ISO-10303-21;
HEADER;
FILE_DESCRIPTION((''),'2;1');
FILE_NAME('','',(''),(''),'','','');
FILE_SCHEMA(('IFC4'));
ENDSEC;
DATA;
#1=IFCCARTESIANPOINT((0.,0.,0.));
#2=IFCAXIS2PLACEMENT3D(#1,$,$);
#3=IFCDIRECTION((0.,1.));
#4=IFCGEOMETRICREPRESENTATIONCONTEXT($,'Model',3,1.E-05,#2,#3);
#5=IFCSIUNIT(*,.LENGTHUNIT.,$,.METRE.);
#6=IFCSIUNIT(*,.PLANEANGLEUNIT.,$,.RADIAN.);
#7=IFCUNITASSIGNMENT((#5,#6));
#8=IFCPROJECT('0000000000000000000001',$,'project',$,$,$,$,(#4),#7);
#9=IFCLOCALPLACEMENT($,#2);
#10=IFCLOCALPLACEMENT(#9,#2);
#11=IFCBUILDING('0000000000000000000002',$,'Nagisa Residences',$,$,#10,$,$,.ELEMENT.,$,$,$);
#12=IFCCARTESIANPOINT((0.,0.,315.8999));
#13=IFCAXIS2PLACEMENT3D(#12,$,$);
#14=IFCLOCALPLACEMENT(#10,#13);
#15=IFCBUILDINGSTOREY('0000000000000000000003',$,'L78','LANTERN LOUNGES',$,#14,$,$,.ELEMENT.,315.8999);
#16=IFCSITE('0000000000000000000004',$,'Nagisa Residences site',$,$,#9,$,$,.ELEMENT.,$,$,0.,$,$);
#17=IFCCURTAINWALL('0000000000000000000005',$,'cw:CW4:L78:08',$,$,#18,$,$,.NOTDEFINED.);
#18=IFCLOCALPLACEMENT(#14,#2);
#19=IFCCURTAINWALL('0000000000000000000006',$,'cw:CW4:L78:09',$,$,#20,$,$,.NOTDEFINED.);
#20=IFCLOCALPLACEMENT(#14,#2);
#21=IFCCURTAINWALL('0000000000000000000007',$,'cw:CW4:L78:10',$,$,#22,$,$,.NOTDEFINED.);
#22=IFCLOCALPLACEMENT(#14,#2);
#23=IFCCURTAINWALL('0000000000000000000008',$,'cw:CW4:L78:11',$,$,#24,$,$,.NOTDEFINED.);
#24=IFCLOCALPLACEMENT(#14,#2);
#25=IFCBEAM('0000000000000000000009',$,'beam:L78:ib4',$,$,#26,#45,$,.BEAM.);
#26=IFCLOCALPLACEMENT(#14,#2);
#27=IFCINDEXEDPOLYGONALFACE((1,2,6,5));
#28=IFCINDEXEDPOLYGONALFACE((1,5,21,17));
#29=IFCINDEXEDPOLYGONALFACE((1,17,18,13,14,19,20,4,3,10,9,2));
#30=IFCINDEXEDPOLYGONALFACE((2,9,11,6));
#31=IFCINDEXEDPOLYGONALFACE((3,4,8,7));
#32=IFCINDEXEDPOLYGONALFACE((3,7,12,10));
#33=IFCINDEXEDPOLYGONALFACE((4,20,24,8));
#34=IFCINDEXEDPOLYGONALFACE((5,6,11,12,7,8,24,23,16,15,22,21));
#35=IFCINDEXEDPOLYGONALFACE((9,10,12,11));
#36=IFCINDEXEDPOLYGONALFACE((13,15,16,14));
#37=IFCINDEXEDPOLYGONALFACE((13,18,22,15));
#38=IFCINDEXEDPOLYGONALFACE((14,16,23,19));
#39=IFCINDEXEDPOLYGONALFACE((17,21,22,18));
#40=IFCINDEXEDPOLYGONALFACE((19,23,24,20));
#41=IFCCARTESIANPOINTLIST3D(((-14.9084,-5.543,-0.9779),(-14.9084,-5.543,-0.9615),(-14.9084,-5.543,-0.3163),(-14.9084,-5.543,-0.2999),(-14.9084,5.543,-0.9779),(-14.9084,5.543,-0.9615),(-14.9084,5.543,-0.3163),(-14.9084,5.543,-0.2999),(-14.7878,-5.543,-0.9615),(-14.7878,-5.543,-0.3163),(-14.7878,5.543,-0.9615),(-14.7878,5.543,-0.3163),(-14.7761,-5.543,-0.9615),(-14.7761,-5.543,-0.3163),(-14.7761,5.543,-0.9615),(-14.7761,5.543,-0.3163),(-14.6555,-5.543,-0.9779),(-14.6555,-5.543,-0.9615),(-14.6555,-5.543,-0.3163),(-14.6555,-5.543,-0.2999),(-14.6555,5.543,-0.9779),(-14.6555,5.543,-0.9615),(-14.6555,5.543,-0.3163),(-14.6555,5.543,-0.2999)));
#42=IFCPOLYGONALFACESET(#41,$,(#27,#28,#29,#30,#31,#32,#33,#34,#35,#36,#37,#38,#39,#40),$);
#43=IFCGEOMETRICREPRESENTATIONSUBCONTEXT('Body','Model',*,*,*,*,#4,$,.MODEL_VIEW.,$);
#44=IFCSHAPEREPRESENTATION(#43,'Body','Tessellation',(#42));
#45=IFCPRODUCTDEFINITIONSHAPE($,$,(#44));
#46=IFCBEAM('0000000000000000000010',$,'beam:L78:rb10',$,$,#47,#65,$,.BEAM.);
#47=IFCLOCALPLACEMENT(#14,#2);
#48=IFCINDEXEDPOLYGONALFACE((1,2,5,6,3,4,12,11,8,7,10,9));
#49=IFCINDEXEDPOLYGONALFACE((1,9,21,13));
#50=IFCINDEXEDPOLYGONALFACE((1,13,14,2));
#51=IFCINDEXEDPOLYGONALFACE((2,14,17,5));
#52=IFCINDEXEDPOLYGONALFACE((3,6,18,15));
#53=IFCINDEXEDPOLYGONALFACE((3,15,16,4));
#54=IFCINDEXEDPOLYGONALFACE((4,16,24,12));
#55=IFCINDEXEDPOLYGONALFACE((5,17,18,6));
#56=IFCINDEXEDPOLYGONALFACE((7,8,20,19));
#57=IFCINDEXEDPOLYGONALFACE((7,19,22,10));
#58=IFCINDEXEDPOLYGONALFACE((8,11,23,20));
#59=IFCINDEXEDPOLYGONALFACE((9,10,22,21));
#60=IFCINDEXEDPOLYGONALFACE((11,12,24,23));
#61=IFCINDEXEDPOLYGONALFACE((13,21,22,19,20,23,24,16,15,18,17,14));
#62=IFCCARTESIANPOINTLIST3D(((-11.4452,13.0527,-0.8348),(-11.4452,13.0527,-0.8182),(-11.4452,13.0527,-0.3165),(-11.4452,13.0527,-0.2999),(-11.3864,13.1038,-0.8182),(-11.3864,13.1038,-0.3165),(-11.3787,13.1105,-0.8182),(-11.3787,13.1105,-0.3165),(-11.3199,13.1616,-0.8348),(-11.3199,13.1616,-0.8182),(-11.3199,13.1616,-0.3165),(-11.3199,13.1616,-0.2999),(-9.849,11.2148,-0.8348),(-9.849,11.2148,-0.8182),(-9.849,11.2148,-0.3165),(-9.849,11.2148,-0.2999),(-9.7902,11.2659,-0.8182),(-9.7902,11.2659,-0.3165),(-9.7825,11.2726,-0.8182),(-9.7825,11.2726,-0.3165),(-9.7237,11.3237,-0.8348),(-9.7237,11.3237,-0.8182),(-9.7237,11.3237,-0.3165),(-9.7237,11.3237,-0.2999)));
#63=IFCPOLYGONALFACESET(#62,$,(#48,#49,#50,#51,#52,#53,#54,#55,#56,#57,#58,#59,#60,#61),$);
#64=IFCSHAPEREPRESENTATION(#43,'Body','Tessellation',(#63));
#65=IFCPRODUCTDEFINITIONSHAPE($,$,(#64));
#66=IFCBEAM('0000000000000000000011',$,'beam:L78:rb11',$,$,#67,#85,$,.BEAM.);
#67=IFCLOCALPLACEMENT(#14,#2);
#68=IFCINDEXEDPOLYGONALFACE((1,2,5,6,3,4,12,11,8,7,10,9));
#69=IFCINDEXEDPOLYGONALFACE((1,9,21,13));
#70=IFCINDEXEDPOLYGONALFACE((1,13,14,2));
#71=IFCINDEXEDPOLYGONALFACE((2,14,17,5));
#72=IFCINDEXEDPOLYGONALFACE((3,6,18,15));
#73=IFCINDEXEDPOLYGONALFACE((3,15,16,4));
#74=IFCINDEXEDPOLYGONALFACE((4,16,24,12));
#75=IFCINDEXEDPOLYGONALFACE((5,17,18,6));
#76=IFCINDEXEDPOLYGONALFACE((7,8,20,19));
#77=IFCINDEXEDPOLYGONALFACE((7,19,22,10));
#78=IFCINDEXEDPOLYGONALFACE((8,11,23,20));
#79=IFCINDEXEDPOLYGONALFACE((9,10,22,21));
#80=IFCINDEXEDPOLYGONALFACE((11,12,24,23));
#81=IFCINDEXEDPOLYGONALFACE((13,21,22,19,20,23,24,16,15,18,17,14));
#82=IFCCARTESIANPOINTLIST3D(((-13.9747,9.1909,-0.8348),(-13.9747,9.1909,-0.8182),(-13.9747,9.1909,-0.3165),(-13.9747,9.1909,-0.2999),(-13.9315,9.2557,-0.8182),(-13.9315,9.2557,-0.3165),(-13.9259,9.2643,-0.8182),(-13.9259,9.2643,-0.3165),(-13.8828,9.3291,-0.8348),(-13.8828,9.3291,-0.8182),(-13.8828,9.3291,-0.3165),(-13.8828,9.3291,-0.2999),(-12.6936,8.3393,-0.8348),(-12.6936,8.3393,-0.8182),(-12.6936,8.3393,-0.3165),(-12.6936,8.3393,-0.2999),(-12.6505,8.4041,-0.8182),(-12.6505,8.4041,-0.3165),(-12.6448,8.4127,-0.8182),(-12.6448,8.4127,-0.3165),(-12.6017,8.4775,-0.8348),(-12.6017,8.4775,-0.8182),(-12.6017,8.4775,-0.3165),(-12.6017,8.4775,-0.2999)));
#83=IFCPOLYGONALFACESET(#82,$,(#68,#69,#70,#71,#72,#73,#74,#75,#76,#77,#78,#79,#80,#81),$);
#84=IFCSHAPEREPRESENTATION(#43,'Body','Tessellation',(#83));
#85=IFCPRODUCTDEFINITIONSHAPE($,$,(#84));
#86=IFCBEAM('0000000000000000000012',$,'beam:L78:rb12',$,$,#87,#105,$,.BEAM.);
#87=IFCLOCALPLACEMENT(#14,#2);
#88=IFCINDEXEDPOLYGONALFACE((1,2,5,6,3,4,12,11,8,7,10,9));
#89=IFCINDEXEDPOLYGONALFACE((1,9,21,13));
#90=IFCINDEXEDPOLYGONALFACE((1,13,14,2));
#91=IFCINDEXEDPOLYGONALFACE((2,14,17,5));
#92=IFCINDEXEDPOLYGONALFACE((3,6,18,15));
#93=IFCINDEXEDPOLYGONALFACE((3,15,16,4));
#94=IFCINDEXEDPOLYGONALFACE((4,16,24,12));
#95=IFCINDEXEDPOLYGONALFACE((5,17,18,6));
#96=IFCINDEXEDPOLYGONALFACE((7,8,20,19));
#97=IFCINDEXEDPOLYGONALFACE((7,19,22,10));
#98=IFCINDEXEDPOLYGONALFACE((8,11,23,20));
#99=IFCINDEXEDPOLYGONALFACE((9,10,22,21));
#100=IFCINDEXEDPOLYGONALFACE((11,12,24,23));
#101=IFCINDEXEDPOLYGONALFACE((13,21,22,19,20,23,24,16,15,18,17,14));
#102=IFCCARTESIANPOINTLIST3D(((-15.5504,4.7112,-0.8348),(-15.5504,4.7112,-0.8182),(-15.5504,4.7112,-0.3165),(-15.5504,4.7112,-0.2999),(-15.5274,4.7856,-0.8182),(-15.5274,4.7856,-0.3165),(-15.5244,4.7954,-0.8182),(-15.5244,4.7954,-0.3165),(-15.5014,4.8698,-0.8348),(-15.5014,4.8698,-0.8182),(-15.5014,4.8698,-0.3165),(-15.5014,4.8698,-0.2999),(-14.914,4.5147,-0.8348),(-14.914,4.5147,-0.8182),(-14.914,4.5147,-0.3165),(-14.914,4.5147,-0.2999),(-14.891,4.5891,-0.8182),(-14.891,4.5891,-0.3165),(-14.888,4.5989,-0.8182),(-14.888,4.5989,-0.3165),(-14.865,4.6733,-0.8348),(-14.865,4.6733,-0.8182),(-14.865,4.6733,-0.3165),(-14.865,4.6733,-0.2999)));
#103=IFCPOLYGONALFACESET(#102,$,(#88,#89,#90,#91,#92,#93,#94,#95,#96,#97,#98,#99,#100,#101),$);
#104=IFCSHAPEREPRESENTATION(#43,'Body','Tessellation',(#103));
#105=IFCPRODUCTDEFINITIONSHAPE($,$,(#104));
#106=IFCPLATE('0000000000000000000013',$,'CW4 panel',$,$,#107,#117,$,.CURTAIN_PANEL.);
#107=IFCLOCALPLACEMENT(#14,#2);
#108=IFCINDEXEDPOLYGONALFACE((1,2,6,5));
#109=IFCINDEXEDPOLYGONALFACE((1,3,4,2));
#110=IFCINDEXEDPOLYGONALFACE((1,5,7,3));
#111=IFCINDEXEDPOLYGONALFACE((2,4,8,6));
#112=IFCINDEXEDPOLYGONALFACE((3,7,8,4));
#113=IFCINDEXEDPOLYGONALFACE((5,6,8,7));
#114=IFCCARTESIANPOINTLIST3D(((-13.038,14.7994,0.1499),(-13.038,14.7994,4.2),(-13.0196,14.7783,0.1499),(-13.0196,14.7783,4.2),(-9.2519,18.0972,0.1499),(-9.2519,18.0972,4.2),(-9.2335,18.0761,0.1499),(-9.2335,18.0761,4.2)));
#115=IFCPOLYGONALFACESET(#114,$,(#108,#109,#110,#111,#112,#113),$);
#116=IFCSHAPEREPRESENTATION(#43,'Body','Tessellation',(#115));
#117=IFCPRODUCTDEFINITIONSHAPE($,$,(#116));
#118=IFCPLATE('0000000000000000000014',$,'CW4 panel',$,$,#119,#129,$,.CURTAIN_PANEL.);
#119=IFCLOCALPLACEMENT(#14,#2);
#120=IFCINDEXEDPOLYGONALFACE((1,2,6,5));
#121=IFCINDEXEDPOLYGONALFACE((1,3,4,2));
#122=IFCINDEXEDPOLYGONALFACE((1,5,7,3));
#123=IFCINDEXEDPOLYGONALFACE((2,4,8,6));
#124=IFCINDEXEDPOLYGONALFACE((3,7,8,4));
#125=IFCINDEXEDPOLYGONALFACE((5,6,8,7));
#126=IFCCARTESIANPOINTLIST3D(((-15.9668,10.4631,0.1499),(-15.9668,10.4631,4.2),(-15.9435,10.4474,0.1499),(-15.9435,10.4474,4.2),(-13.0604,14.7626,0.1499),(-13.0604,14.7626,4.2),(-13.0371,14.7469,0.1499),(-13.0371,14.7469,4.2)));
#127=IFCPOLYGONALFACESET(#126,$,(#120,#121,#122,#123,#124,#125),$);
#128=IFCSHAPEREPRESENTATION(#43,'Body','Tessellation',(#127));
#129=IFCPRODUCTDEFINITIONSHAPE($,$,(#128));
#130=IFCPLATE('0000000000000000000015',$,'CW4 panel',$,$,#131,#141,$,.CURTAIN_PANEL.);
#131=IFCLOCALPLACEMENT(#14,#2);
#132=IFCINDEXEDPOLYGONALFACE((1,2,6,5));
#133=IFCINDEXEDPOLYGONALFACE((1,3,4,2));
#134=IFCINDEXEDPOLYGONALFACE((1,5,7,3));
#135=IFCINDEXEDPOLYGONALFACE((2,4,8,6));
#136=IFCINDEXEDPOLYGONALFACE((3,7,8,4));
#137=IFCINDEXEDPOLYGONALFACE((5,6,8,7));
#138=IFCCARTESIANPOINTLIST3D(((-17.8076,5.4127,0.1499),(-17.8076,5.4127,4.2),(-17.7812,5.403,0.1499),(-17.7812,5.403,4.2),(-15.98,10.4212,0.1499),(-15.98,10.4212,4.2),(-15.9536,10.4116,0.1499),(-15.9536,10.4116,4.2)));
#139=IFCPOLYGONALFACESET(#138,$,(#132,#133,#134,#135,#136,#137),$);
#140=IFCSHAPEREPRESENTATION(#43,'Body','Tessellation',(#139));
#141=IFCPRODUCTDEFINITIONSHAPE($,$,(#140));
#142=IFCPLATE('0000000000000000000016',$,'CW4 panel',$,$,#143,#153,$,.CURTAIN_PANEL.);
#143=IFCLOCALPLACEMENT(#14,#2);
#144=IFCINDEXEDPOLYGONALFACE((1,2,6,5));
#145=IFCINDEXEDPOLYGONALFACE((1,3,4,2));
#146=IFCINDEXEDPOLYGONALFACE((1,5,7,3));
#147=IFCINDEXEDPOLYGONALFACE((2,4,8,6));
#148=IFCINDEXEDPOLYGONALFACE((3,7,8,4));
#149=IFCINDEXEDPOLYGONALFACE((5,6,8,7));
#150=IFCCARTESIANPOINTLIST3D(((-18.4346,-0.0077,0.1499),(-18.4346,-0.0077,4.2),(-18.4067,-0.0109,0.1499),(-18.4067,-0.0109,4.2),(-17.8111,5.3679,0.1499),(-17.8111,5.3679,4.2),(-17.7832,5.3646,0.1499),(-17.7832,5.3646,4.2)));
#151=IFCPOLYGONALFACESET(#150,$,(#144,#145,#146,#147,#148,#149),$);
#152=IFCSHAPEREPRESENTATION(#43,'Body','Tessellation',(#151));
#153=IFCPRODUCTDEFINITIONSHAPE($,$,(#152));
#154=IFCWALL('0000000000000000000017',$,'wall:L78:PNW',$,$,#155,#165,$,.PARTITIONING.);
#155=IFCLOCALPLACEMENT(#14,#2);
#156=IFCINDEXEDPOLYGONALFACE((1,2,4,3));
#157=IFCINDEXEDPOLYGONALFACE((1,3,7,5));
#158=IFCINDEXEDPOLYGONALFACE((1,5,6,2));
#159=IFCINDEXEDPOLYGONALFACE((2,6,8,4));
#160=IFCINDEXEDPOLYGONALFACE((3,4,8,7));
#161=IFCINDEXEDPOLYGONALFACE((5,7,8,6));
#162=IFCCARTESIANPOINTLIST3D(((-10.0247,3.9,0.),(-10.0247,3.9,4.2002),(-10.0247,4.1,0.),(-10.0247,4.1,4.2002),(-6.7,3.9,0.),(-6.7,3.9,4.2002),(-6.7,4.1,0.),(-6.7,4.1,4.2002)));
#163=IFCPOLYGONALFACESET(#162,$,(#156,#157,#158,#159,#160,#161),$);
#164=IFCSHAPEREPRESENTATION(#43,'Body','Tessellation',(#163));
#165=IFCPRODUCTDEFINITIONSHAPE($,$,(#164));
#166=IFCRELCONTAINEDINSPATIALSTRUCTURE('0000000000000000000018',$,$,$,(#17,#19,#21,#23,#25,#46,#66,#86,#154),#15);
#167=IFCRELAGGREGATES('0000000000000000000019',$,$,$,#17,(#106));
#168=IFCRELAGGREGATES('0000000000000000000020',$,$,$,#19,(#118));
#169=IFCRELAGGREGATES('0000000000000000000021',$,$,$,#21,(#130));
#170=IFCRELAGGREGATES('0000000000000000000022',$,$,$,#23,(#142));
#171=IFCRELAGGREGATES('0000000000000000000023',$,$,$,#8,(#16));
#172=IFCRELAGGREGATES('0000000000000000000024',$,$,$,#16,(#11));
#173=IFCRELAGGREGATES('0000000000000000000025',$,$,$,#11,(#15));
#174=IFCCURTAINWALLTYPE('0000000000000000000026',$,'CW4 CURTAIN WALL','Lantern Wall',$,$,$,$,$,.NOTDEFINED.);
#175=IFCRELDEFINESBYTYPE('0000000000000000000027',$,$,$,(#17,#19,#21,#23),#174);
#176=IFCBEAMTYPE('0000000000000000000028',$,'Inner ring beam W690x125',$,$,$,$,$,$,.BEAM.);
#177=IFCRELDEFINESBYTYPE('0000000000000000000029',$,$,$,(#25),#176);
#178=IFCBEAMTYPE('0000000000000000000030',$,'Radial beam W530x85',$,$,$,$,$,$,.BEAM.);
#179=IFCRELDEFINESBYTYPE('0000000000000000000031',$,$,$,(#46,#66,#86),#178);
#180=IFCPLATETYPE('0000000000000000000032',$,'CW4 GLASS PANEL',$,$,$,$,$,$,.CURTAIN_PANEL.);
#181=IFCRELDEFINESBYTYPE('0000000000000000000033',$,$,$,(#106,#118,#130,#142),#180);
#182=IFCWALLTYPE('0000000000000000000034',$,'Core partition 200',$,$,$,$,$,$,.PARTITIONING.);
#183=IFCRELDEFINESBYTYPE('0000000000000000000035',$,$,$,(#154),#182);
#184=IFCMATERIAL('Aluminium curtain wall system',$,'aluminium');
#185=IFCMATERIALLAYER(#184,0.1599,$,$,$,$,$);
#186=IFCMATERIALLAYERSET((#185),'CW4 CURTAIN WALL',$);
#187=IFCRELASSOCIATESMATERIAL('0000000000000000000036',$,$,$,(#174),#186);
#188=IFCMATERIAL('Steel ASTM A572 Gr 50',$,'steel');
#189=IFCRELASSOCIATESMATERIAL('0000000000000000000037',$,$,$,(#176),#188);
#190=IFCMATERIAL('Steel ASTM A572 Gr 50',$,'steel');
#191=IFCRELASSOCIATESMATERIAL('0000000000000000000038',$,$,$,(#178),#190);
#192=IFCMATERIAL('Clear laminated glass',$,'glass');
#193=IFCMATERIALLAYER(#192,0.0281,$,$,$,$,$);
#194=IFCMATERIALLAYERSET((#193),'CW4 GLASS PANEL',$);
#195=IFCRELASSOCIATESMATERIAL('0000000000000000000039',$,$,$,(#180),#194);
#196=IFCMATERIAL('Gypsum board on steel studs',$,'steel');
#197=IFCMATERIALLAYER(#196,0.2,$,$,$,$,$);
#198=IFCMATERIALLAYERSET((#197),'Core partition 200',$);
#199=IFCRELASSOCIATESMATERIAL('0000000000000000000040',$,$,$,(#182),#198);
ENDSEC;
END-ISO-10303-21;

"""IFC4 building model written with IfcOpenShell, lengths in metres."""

from ifc_helpers import new_model, si_unit, direction, frame, frame_2d, origin, origin_2d, place, context, subcontext, project, spatial, rectangle, i_section, extrude, material, layer, layer_set, material_profile, profile_set, type_object, element, aggregate, save


model = new_model("IFC4")

# Units and contexts
model_context = context("Model", 3, precision=1e-05, world=origin(), true_north=direction((0.0, 1.0)))
body_context = subcontext(model_context, "Body", "Model", "MODEL_VIEW")
ifc_project = project(units=[si_unit("LENGTHUNIT", "METRE"), si_unit("PLANEANGLEUNIT", "RADIAN")], contexts=[model_context])

# Site, building, storey
site_placement = place(None, origin())
site = spatial("IfcSite", under=ifc_project, at=site_placement, Name="Nagisa Residences site", CompositionType="ELEMENT", RefElevation=0.0)
building_placement = place(site_placement, origin())
building = spatial("IfcBuilding", under=site, at=building_placement, Name="Nagisa Residences", CompositionType="ELEMENT")
storey_placement = place(building_placement, frame((0.0, 0.0, 315.8999)))
storey = spatial("IfcBuildingStorey", under=building, at=storey_placement, Name="L78", Description="LANTERN LOUNGES", CompositionType="ELEMENT", Elevation=315.8999)

# Curtain walls
ifc_material_1 = material(Name="Aluminium curtain wall system", Category="aluminium")
ifc_layer_1 = layer(ifc_material_1, 0.1599)
ifc_layer_set_1 = layer_set([ifc_layer_1], Name="CW4 CURTAIN WALL")
curtain_wall_type = type_object("IfcCurtainWallType", Name="CW4 CURTAIN WALL", Description="Lantern Wall", PredefinedType="NOTDEFINED", material=ifc_layer_set_1)
curtain_wall_1_placement = place(storey_placement, origin())
curtain_wall_1 = element("IfcCurtainWall", 1, at=curtain_wall_1_placement, inside=storey, type_object=curtain_wall_type, Name="cw:CW4:L78:08", PredefinedType="NOTDEFINED")
curtain_wall_2_placement = place(storey_placement, origin())
curtain_wall_2 = element("IfcCurtainWall", 2, at=curtain_wall_2_placement, inside=storey, type_object=curtain_wall_type, Name="cw:CW4:L78:09", PredefinedType="NOTDEFINED")
curtain_wall_3_placement = place(storey_placement, origin())
curtain_wall_3 = element("IfcCurtainWall", 3, at=curtain_wall_3_placement, inside=storey, type_object=curtain_wall_type, Name="cw:CW4:L78:10", PredefinedType="NOTDEFINED")
curtain_wall_4_placement = place(storey_placement, origin())
curtain_wall_4 = element("IfcCurtainWall", 4, at=curtain_wall_4_placement, inside=storey, type_object=curtain_wall_type, Name="cw:CW4:L78:11", PredefinedType="NOTDEFINED")

# Beams
ifc_material_2 = material(Name="Steel ASTM A572 Gr 50", Category="steel")
ifc_material_profile_1 = material_profile(ifc_material_2, i_section(OverallWidth=0.2529, OverallDepth=0.678, WebThickness=0.0117, FlangeThickness=0.0164, at=origin_2d()), Name="W690x125")
ifc_profile_set_1 = profile_set([ifc_material_profile_1], Name="Steel ASTM A572 Gr 50")
beam_type_1 = type_object("IfcBeamType", Name="Inner ring beam W690x125", PredefinedType="BEAM", material=ifc_profile_set_1)
beam_1_placement = place(storey_placement, frame((-14.782, 5.543, -0.6389), z_axis=(0.0, -1.0, 0.0), x_axis=(1.0, 0.0, 0.0)))
element("IfcBeam", 5, at=beam_1_placement, inside=storey, type_object=beam_type_1, Name="beam:L78:ib4", PredefinedType="BEAM", context=body_context, shape_type="SweptSolid", body=[
    extrude(i_section(OverallWidth=0.2529, OverallDepth=0.678, WebThickness=0.0117, FlangeThickness=0.0164, at=origin_2d()), origin(), (0.0, 0.0, 1.0), 11.0859),
])
ifc_material_3 = material(Name="Steel ASTM A572 Gr 50", Category="steel")
ifc_material_profile_2 = material_profile(ifc_material_3, i_section(OverallWidth=0.166, OverallDepth=0.5349, WebThickness=0.0103, FlangeThickness=0.0166, at=origin_2d()), Name="W530x85")
ifc_profile_set_2 = profile_set([ifc_material_profile_2], Name="Steel ASTM A572 Gr 50")
beam_type_2 = type_object("IfcBeamType", Name="Radial beam W530x85", PredefinedType="BEAM", material=ifc_profile_set_2)
beam_2_placement = place(storey_placement, frame((-11.3826, 13.1072, -0.5674), z_axis=(0.655717, -0.755007, 0.0), x_axis=(0.755007, 0.655717, 0.0)))
element("IfcBeam", 6, at=beam_2_placement, inside=storey, type_object=beam_type_2, Name="beam:L78:rb10", PredefinedType="BEAM", context=body_context, shape_type="SweptSolid", body=[
    extrude(i_section(OverallWidth=0.166, OverallDepth=0.5349, WebThickness=0.0103, FlangeThickness=0.0166, at=origin_2d()), origin(), (0.0, 0.0, 1.0), 2.4343),
])
beam_3_placement = place(storey_placement, frame((-13.9287, 9.26, -0.5674), z_axis=(0.832782, -0.553601, 0.0), x_axis=(0.553601, 0.832782, 0.0)))
element("IfcBeam", 7, at=beam_3_placement, inside=storey, type_object=beam_type_2, Name="beam:L78:rb11", PredefinedType="BEAM", context=body_context, shape_type="SweptSolid", body=[
    extrude(i_section(OverallWidth=0.166, OverallDepth=0.5349, WebThickness=0.0103, FlangeThickness=0.0166, at=origin_2d()), origin(), (0.0, 0.0, 1.0), 1.5383),
])
beam_4_placement = place(storey_placement, frame((-15.5259, 4.7905, -0.5674), z_axis=(0.955485, -0.295039, 0.0), x_axis=(0.295039, 0.955485, 0.0)))
element("IfcBeam", 8, at=beam_4_placement, inside=storey, type_object=beam_type_2, Name="beam:L78:rb12", PredefinedType="BEAM", context=body_context, shape_type="SweptSolid", body=[
    extrude(i_section(OverallWidth=0.166, OverallDepth=0.5349, WebThickness=0.0103, FlangeThickness=0.0166, at=origin_2d()), origin(), (0.0, 0.0, 1.0), 0.666),
])

# Plates
ifc_material_4 = material(Name="Clear laminated glass", Category="glass")
ifc_layer_2 = layer(ifc_material_4, 0.0281)
ifc_layer_set_2 = layer_set([ifc_layer_2], Name="CW4 GLASS PANEL")
plate_type = type_object("IfcPlateType", Name="CW4 GLASS PANEL", PredefinedType="CURTAIN_PANEL", material=ifc_layer_set_2)
plate_1_placement = place(storey_placement, frame((-11.1357, 16.4377, 0.1499), z_axis=(0.0, 0.0, 1.0), x_axis=(-0.754062, -0.656803, 0.0)))
plate_1 = element("IfcPlate", 9, at=plate_1_placement, type_object=plate_type, Name="CW4 panel", PredefinedType="CURTAIN_PANEL", context=body_context, shape_type="SweptSolid", body=[
    extrude(rectangle(XDim=5.021, YDim=0.0281, at=origin_2d()), origin(), (0.0, 0.0, 1.0), 4.05),
])
aggregate(curtain_wall_1, [plate_1])
plate_2_placement = place(storey_placement, frame((-14.502, 12.605, 0.1499), z_axis=(0.0, 0.0, 1.0), x_axis=(-0.56003, -0.828473, 0.0)))
plate_2 = element("IfcPlate", 10, at=plate_2_placement, type_object=plate_type, Name="CW4 panel", PredefinedType="CURTAIN_PANEL", context=body_context, shape_type="SweptSolid", body=[
    extrude(rectangle(XDim=5.1897, YDim=0.0281, at=origin_2d()), origin(), (0.0, 0.0, 1.0), 4.05),
])
aggregate(curtain_wall_2, [plate_2])
plate_3_placement = place(storey_placement, frame((-16.8806, 7.9121, 0.1499), z_axis=(0.0, 0.0, 1.0), x_axis=(-0.342793, -0.939411, 0.0)))
plate_3 = element("IfcPlate", 11, at=plate_3_placement, type_object=plate_type, Name="CW4 panel", PredefinedType="CURTAIN_PANEL", context=body_context, shape_type="SweptSolid", body=[
    extrude(rectangle(XDim=5.3315, YDim=0.0281, at=origin_2d()), origin(), (0.0, 0.0, 1.0), 4.05),
])
aggregate(curtain_wall_3, [plate_3])
plate_4_placement = place(storey_placement, frame((-18.1089, 2.6785, 0.1499), z_axis=(0.0, 0.0, 1.0), x_axis=(-0.115207, -0.993341, 0.0)))
plate_4 = element("IfcPlate", 12, at=plate_4_placement, type_object=plate_type, Name="CW4 panel", PredefinedType="CURTAIN_PANEL", context=body_context, shape_type="SweptSolid", body=[
    extrude(rectangle(XDim=5.4116, YDim=0.0281, at=origin_2d()), origin(), (0.0, 0.0, 1.0), 4.05),
])
aggregate(curtain_wall_4, [plate_4])

# Wall
ifc_material_5 = material(Name="Gypsum board on steel studs", Category="steel")
ifc_layer_3 = layer(ifc_material_5, 0.2)
ifc_layer_set_3 = layer_set([ifc_layer_3], Name="Core partition 200")
wall_type_1 = type_object("IfcWallType", Name="Core partition 200", PredefinedType="PARTITIONING", material=ifc_layer_set_3)
wall_1_placement = place(storey_placement, frame((-10.0247, 4.0, 0.0), z_axis=(0.0, 0.0, 1.0), x_axis=(1.0, 0.0, 0.0)))
element("IfcWall", 13, at=wall_1_placement, inside=storey, type_object=wall_type_1, Name="wall:L78:PNW", PredefinedType="PARTITIONING", context=body_context, shape_type="SweptSolid", body=[
    extrude(rectangle(XDim=3.3247, YDim=0.2, at=frame_2d((1.6624, 0.0))), origin(), (0.0, 0.0, 1.0), 4.2002),
])

save(model, "model.ifc")
